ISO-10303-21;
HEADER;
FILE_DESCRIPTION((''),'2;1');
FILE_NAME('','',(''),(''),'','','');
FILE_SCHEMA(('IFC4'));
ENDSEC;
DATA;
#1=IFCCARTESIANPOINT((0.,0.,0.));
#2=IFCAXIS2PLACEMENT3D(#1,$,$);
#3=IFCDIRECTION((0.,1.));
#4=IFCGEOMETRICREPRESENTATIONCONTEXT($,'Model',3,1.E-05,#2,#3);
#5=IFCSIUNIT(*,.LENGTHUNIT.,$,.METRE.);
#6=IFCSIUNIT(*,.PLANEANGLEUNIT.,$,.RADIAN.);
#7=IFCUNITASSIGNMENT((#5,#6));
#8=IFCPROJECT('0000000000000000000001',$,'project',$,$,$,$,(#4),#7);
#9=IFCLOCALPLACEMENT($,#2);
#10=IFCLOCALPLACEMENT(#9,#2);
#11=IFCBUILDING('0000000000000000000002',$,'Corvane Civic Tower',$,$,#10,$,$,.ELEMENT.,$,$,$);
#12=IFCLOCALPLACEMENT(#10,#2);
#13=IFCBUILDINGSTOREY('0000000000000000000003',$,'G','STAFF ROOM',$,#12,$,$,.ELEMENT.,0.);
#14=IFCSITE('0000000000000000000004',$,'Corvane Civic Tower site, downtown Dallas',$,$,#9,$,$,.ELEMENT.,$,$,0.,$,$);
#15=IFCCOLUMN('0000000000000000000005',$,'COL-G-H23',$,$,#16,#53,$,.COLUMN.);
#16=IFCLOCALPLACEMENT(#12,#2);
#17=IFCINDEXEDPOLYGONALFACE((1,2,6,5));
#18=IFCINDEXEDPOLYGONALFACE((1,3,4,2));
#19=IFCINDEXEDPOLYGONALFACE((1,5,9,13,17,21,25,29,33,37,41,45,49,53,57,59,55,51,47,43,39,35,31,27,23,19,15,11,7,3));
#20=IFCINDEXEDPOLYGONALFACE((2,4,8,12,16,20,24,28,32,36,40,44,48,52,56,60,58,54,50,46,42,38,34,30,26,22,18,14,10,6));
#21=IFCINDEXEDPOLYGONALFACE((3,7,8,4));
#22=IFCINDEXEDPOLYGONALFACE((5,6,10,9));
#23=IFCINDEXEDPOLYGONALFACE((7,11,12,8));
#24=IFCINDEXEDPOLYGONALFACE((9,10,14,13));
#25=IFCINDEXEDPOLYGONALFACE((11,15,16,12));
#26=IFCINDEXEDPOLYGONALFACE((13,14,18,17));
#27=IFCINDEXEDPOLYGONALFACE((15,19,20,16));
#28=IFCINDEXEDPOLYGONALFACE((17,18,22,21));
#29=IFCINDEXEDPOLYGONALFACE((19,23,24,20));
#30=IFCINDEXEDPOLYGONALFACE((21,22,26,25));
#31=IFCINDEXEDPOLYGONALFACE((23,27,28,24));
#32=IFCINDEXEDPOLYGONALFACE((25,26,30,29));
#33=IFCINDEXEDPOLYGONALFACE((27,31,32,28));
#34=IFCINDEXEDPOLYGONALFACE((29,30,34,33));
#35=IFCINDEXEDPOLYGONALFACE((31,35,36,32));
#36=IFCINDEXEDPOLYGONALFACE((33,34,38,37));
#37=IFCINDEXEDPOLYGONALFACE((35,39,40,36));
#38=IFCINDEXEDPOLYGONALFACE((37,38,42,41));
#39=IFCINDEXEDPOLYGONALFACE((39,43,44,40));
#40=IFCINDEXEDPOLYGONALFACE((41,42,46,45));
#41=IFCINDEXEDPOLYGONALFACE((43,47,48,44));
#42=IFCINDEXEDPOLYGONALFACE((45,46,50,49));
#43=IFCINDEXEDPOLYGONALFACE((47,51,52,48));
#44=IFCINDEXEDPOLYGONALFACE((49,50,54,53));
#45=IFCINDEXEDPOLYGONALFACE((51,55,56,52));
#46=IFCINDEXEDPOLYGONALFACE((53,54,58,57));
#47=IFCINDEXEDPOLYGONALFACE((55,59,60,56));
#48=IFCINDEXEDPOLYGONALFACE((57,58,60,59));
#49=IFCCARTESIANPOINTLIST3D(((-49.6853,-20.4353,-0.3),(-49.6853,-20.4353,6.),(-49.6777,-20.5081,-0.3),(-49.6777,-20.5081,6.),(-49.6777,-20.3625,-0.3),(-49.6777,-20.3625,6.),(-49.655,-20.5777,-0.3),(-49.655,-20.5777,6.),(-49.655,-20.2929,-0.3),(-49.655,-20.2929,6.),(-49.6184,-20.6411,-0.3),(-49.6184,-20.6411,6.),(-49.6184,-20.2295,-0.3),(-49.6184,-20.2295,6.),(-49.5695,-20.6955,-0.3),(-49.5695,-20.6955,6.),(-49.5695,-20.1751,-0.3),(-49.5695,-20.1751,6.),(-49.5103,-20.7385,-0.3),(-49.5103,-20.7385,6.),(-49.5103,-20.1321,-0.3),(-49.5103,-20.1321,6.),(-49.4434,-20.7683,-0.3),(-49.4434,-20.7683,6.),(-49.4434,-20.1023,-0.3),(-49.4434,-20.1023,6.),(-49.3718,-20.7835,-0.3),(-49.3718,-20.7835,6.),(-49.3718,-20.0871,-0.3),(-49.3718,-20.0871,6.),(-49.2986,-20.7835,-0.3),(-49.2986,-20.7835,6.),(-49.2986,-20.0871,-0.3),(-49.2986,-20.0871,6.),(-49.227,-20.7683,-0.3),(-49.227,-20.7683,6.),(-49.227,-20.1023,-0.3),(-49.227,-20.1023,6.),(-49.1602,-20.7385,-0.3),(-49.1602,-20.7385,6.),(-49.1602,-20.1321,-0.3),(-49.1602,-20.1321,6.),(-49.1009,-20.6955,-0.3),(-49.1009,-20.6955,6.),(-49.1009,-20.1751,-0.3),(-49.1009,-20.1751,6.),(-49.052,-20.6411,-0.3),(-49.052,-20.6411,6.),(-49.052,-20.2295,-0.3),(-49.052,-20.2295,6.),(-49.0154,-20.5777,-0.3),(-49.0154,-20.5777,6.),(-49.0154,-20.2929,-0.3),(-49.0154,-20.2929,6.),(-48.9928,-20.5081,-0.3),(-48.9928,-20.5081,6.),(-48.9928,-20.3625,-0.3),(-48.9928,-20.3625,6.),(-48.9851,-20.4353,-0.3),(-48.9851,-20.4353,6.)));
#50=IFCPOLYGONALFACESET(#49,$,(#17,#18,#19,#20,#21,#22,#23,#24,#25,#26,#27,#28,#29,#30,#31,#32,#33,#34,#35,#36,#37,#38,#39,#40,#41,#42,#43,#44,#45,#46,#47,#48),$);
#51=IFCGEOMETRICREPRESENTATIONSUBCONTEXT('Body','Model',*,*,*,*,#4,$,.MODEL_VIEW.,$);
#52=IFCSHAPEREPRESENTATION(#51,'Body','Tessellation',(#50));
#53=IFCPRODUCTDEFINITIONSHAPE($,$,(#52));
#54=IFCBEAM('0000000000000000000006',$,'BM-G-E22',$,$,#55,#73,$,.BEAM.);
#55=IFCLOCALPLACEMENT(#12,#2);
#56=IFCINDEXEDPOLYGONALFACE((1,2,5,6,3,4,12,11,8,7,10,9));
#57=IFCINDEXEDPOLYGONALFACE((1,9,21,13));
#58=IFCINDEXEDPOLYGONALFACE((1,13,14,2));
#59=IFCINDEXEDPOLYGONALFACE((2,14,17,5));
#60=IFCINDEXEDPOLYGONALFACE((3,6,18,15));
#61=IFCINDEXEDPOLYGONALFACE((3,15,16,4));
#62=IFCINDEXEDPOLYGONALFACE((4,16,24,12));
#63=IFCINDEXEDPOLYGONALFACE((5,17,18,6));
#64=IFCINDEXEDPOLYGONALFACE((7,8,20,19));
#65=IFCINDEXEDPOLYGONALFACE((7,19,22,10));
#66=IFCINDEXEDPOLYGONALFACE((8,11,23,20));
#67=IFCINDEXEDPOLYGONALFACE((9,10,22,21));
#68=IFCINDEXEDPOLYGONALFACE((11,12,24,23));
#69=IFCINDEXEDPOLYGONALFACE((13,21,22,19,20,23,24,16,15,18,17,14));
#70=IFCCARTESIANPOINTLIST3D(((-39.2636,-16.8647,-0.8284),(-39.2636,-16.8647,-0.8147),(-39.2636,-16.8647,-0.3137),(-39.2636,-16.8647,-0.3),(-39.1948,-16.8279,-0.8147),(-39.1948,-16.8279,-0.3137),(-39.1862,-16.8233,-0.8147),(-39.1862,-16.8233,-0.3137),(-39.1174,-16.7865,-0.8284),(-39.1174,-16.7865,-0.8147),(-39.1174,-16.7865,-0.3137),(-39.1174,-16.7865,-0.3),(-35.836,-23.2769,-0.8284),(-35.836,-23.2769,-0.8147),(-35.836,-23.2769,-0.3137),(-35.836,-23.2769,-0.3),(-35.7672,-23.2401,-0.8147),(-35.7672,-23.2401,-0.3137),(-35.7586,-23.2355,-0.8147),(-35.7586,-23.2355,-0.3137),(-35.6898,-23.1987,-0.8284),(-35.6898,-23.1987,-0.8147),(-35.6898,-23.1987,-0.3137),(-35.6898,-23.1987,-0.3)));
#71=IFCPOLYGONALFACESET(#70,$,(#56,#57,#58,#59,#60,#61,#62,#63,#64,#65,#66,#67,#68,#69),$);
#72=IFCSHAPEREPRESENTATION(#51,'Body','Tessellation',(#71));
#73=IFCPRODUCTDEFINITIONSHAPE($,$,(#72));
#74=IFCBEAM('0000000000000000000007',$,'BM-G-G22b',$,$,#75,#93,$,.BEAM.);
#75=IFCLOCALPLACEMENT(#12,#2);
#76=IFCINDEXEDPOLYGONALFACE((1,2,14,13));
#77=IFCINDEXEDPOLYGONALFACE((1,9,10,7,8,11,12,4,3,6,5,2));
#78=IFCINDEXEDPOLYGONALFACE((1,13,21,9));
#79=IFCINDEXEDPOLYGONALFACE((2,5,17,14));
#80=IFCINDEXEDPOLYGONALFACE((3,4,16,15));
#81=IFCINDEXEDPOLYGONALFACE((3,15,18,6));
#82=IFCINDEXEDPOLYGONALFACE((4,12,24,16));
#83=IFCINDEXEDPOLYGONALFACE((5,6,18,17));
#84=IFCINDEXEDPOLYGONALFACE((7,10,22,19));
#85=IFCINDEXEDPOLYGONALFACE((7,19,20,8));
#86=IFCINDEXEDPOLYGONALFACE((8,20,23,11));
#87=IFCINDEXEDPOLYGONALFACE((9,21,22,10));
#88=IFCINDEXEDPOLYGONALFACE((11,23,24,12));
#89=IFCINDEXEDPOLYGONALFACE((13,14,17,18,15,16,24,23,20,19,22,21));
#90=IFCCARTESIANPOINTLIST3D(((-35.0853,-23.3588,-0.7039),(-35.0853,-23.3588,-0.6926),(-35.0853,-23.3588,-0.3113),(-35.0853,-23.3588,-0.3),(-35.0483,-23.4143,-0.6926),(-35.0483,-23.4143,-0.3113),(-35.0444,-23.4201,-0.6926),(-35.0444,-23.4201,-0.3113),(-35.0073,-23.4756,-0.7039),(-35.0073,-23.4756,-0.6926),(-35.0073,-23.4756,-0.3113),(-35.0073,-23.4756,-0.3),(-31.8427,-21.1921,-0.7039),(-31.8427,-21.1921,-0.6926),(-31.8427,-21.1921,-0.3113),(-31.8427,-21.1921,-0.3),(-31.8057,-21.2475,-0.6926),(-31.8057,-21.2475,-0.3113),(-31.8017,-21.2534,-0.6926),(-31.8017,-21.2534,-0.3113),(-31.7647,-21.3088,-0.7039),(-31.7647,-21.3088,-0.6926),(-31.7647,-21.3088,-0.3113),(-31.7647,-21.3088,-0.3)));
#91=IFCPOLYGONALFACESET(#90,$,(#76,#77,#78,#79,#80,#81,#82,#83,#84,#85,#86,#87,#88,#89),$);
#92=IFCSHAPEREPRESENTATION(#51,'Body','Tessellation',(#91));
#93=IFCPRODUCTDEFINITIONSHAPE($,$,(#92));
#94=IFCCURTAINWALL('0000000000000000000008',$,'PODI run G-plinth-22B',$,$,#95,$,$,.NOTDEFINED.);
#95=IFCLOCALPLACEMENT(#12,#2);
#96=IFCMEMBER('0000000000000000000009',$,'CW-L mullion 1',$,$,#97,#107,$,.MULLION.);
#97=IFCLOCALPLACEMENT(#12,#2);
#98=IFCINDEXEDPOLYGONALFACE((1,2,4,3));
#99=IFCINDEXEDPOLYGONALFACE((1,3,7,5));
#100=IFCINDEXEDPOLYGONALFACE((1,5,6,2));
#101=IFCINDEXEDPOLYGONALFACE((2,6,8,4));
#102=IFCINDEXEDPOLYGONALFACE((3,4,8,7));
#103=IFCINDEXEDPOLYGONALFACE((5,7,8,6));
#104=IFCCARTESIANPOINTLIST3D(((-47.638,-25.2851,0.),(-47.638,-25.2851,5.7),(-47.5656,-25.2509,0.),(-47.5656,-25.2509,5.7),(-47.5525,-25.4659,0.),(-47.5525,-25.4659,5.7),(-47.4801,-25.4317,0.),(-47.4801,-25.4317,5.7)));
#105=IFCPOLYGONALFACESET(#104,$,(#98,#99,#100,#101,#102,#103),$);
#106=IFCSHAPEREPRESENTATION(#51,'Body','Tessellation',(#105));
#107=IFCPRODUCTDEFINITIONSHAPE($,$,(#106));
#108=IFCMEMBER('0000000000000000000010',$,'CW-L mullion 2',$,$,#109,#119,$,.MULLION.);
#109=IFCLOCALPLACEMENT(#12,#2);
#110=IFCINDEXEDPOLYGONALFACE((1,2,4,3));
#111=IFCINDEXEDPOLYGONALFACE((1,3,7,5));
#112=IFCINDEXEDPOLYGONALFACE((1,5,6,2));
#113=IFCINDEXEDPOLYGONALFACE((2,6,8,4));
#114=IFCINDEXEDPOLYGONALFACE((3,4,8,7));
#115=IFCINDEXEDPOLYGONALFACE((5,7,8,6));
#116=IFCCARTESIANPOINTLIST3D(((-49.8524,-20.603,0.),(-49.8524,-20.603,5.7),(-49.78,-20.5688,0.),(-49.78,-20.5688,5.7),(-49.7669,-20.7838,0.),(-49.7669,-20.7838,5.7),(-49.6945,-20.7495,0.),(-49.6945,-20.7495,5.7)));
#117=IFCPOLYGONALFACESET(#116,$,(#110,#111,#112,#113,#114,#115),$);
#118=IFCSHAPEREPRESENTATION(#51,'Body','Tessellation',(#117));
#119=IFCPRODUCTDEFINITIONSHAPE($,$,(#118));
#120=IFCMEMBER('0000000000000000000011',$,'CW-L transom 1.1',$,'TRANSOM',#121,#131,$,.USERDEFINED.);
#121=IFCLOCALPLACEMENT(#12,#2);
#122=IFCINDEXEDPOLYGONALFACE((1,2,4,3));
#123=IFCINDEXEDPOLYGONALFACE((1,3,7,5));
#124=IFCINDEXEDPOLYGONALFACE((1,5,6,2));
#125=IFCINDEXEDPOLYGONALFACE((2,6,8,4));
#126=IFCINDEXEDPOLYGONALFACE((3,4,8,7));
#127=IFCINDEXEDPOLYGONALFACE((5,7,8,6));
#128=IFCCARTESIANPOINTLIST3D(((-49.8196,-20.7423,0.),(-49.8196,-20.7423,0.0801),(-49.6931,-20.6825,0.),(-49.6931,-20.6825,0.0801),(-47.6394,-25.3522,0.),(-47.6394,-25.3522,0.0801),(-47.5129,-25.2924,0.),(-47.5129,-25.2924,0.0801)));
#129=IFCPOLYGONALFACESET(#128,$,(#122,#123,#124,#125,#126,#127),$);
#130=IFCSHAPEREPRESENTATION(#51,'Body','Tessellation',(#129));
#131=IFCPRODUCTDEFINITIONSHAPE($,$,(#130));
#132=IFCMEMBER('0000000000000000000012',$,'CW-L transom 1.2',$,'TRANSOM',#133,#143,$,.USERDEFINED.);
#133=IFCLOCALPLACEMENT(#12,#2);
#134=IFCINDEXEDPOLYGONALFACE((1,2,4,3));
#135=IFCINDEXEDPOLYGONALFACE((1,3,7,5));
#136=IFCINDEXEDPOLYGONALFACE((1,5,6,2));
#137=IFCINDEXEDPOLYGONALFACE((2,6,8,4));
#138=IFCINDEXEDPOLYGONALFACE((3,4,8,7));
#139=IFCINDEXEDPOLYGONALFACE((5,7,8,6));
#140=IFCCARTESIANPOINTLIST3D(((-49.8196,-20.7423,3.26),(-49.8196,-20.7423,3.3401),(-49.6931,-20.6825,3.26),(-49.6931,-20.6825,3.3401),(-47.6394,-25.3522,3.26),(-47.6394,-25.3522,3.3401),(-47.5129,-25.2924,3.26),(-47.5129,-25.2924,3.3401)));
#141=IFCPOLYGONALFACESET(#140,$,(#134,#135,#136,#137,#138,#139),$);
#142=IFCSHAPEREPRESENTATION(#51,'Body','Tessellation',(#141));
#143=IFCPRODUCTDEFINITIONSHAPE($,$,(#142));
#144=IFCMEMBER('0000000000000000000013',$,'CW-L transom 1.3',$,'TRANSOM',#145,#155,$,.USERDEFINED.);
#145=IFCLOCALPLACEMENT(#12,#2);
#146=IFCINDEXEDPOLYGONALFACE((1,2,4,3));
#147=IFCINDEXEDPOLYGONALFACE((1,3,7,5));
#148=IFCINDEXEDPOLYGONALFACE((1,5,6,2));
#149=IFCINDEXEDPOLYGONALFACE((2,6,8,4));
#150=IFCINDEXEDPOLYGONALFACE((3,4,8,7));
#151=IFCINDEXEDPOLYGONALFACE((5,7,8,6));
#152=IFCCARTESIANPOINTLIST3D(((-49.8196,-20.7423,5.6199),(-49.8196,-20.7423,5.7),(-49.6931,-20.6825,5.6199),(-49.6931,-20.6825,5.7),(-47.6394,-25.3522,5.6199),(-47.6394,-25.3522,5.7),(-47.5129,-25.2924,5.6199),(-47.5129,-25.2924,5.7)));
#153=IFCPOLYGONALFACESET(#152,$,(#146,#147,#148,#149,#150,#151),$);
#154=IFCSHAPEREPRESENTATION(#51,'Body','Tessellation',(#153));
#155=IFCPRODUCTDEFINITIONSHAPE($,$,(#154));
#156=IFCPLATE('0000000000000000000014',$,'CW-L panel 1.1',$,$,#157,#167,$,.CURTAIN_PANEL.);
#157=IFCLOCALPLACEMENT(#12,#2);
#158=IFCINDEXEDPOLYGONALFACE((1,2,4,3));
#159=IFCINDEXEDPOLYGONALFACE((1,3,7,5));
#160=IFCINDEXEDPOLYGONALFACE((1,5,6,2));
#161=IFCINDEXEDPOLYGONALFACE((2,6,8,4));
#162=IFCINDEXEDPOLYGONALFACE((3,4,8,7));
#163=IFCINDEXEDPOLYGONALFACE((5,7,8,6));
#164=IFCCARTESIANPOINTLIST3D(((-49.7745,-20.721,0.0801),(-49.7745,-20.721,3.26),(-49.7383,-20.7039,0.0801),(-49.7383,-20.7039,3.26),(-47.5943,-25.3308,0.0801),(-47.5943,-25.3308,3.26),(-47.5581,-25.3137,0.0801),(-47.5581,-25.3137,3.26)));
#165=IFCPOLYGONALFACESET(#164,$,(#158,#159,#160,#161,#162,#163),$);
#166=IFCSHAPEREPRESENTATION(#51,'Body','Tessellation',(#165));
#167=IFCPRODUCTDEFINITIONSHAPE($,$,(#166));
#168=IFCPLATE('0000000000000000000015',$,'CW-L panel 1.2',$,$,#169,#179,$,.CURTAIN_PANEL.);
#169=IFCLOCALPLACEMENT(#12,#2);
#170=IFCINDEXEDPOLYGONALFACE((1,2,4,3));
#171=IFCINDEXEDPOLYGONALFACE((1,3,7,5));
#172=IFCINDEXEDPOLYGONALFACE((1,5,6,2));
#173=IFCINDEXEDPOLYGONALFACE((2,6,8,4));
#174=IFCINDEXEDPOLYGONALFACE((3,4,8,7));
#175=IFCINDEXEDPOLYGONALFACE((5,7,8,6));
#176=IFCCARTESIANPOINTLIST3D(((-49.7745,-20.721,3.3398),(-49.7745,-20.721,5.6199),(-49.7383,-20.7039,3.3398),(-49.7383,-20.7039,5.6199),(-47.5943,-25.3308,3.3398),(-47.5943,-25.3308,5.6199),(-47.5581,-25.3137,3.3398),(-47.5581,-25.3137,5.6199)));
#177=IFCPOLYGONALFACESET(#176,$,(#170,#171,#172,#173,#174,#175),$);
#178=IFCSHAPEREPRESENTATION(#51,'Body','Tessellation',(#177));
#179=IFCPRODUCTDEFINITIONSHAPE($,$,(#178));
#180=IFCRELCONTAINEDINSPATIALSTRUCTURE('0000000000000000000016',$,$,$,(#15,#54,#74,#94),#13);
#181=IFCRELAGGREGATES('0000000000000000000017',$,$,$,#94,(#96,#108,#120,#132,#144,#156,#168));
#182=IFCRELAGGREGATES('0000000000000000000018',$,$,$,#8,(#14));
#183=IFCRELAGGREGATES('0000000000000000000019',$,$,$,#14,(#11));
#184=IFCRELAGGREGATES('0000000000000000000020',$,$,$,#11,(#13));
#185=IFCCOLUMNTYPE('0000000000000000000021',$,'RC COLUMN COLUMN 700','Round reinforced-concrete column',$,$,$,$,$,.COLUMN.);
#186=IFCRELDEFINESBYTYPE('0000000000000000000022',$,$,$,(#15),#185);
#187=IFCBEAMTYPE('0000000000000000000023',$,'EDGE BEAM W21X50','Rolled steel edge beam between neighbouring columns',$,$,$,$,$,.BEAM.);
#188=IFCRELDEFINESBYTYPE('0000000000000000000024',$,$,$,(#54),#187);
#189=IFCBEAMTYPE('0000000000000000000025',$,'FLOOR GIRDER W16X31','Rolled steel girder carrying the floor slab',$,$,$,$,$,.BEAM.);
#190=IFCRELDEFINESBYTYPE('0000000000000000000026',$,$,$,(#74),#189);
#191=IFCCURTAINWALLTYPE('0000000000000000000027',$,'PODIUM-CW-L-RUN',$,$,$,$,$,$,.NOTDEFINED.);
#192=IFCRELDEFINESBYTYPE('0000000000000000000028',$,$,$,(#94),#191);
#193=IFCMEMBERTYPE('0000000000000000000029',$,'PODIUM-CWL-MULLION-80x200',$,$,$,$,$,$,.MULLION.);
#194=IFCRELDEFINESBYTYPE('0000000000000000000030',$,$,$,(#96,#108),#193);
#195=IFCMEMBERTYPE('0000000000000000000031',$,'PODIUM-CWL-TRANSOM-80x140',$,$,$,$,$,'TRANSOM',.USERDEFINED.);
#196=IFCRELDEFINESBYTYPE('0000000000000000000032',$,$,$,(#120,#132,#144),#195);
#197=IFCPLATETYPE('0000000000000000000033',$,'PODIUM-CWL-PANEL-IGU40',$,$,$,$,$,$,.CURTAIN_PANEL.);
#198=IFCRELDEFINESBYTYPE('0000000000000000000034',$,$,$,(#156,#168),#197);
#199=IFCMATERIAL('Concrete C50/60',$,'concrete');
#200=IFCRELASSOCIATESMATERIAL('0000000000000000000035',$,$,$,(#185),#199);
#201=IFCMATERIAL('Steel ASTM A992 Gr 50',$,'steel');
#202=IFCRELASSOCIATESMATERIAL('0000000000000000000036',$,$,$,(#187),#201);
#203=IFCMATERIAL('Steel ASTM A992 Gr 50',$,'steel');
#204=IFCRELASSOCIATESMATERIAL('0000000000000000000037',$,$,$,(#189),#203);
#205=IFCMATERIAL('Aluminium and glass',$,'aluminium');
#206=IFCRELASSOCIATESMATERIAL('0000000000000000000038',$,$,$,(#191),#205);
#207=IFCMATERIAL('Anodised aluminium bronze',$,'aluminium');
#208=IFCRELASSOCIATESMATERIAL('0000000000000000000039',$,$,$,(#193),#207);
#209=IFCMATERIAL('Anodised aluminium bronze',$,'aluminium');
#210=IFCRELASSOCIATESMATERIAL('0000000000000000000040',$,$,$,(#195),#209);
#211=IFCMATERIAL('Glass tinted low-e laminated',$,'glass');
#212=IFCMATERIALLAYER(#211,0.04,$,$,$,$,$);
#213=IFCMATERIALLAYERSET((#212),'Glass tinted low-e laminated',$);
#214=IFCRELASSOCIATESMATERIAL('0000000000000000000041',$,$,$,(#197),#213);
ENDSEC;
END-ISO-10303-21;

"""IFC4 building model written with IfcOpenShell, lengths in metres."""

from ifc_helpers import new_model, si_unit, direction, frame, origin, origin_2d, place, context, subcontext, project, spatial, rectangle, circle, i_section, extrude, material, layer, layer_set, material_profile, profile_set, type_object, element, aggregate, save


model = new_model("IFC4")

# Units and contexts
model_context = context("Model", 3, precision=1e-05, world=origin(), true_north=direction((0.0, 1.0)))
body_context = subcontext(model_context, "Body", "Model", "MODEL_VIEW")
ifc_project = project(units=[si_unit("LENGTHUNIT", "METRE"), si_unit("PLANEANGLEUNIT", "RADIAN")], contexts=[model_context])

# Site, building, storey
site_placement = place(None, origin())
site = spatial("IfcSite", under=ifc_project, at=site_placement, Name="Corvane Civic Tower site, downtown Dallas", CompositionType="ELEMENT", RefElevation=0.0)
building_placement = place(site_placement, origin())
building = spatial("IfcBuilding", under=site, at=building_placement, Name="Corvane Civic Tower", CompositionType="ELEMENT")
storey_placement = place(building_placement, origin())
storey = spatial("IfcBuildingStorey", under=building, at=storey_placement, Name="G", Description="STAFF ROOM", CompositionType="ELEMENT", Elevation=0.0)

# Column
ifc_material_1 = material(Name="Concrete C50/60", Category="concrete")
ifc_material_profile_1 = material_profile(ifc_material_1, circle(Radius=0.3501, at=origin_2d()), Name="COLUMN 700")
ifc_profile_set_1 = profile_set([ifc_material_profile_1], Name="Concrete C50/60")
column_type_1 = type_object("IfcColumnType", Name="RC COLUMN COLUMN 700", Description="Round reinforced-concrete column", PredefinedType="COLUMN", material=ifc_profile_set_1)
column_1_placement = place(storey_placement, frame((-49.3352, -20.4353, -0.3), z_axis=(0.0, 0.0, 1.0), x_axis=(1.0, 0.0, 0.0)))
element("IfcColumn", 1, at=column_1_placement, inside=storey, type_object=column_type_1, Name="COL-G-H23", PredefinedType="COLUMN", context=body_context, shape_type="SweptSolid", body=[
    extrude(circle(Radius=0.3501, at=origin_2d()), origin(), (0.0, 0.0, 1.0), 6.3),
])

# Beams
ifc_material_2 = material(Name="Steel ASTM A992 Gr 50", Category="steel")
ifc_material_profile_2 = material_profile(ifc_material_2, i_section(OverallWidth=0.1658, OverallDepth=0.5283, WebThickness=0.0098, FlangeThickness=0.0137, at=origin_2d()), Name="W21X50")
ifc_profile_set_2 = profile_set([ifc_material_profile_2], Name="Steel ASTM A992 Gr 50")
beam_type_1 = type_object("IfcBeamType", Name="EDGE BEAM W21X50", Description="Rolled steel edge beam between neighbouring columns", PredefinedType="BEAM", material=ifc_profile_set_2)
beam_1_placement = place(storey_placement, frame((-35.7629, -23.2378, -0.5642), z_axis=(-0.471412, 0.881913, 0.0), x_axis=(-0.881913, -0.471412, 0.0)))
element("IfcBeam", 2, at=beam_1_placement, inside=storey, type_object=beam_type_1, Name="BM-G-E22", PredefinedType="BEAM", context=body_context, shape_type="SweptSolid", body=[
    extrude(i_section(OverallWidth=0.1658, OverallDepth=0.5283, WebThickness=0.0098, FlangeThickness=0.0137, at=origin_2d()), origin(), (0.0, 0.0, 1.0), 7.2708),
])
ifc_material_3 = material(Name="Steel ASTM A992 Gr 50", Category="steel")
ifc_material_profile_3 = material_profile(ifc_material_3, i_section(OverallWidth=0.1404, OverallDepth=0.4038, WebThickness=0.0071, FlangeThickness=0.0112, at=origin_2d()), Name="W16X31")
ifc_profile_set_3 = profile_set([ifc_material_profile_3], Name="Steel ASTM A992 Gr 50")
beam_type_2 = type_object("IfcBeamType", Name="FLOOR GIRDER W16X31", Description="Rolled steel girder carrying the floor slab", PredefinedType="BEAM", material=ifc_profile_set_3)
beam_2_placement = place(storey_placement, frame((-31.8037, -21.2505, -0.502), z_axis=(-0.831462, -0.555581, 0.0), x_axis=(0.555581, -0.831462, 0.0)))
element("IfcBeam", 3, at=beam_2_placement, inside=storey, type_object=beam_type_2, Name="BM-G-G22b", PredefinedType="BEAM", context=body_context, shape_type="SweptSolid", body=[
    extrude(i_section(OverallWidth=0.1404, OverallDepth=0.4038, WebThickness=0.0071, FlangeThickness=0.0112, at=origin_2d()), origin(), (0.0, 0.0, 1.0), 3.8999),
])

# Curtain wall, members, plates
ifc_material_4 = material(Name="Aluminium and glass", Category="aluminium")
curtain_wall_type = type_object("IfcCurtainWallType", Name="PODIUM-CW-L-RUN", PredefinedType="NOTDEFINED", material=ifc_material_4)
curtain_wall_placement = place(storey_placement, origin())
curtain_wall = element("IfcCurtainWall", 4, at=curtain_wall_placement, inside=storey, type_object=curtain_wall_type, Name="PODI run G-plinth-22B", PredefinedType="NOTDEFINED")
ifc_material_5 = material(Name="Anodised aluminium bronze", Category="aluminium")
ifc_material_profile_4 = material_profile(ifc_material_5, rectangle(XDim=0.0801, YDim=0.2, at=origin_2d()), Name="AL 80x200")
ifc_profile_set_4 = profile_set([ifc_material_profile_4], Name="Anodised aluminium bronze")
member_type_1 = type_object("IfcMemberType", Name="PODIUM-CWL-MULLION-80x200", PredefinedType="MULLION", material=ifc_profile_set_4)
member_1_placement = place(storey_placement, frame((-47.5591, -25.3584, 0.0), z_axis=(0.0, 0.0, 1.0), x_axis=(-0.903994, -0.427545, 0.0)))
member_1 = element("IfcMember", 5, at=member_1_placement, type_object=member_type_1, Name="CW-L mullion 1", PredefinedType="MULLION", context=body_context, shape_type="SweptSolid", body=[
    extrude(rectangle(XDim=0.0801, YDim=0.2, at=origin_2d()), origin(), (0.0, 0.0, 1.0), 5.7),
])
member_2_placement = place(storey_placement, frame((-49.7734, -20.6763, 0.0), z_axis=(0.0, 0.0, 1.0), x_axis=(-0.903994, -0.427545, 0.0)))
member_2 = element("IfcMember", 6, at=member_2_placement, type_object=member_type_1, Name="CW-L mullion 2", PredefinedType="MULLION", context=body_context, shape_type="SweptSolid", body=[
    extrude(rectangle(XDim=0.0801, YDim=0.2, at=origin_2d()), origin(), (0.0, 0.0, 1.0), 5.7),
])
ifc_material_6 = material(Name="Anodised aluminium bronze", Category="aluminium")
ifc_material_profile_5 = material_profile(ifc_material_6, rectangle(XDim=0.1399, YDim=0.0801, at=origin_2d()), Name="AL 140x80")
ifc_profile_set_5 = profile_set([ifc_material_profile_5], Name="Anodised aluminium bronze")
member_type_2 = type_object("IfcMemberType", Name="PODIUM-CWL-TRANSOM-80x140", ElementType="TRANSOM", PredefinedType="USERDEFINED", material=ifc_profile_set_5)
member_3_placement = place(storey_placement, frame((-47.5762, -25.3223, 0.04), z_axis=(-0.427535, 0.903999, 0.0), x_axis=(-0.903999, -0.427535, 0.0)))
member_3 = element("IfcMember", 7, at=member_3_placement, type_object=member_type_2, Name="CW-L transom 1.1", ObjectType="TRANSOM", PredefinedType="USERDEFINED", context=body_context, shape_type="SweptSolid", body=[
    extrude(rectangle(XDim=0.1399, YDim=0.0801, at=origin_2d()), origin(), (0.0, 0.0, 1.0), 5.0994),
])
member_4_placement = place(storey_placement, frame((-47.5762, -25.3223, 3.3), z_axis=(-0.427535, 0.903999, 0.0), x_axis=(-0.903999, -0.427535, 0.0)))
member_4 = element("IfcMember", 8, at=member_4_placement, type_object=member_type_2, Name="CW-L transom 1.2", ObjectType="TRANSOM", PredefinedType="USERDEFINED", context=body_context, shape_type="SweptSolid", body=[
    extrude(rectangle(XDim=0.1399, YDim=0.0801, at=origin_2d()), origin(), (0.0, 0.0, 1.0), 5.0994),
])
member_5_placement = place(storey_placement, frame((-47.5762, -25.3223, 5.6599), z_axis=(-0.427535, 0.903999, 0.0), x_axis=(-0.903999, -0.427535, 0.0)))
member_5 = element("IfcMember", 9, at=member_5_placement, type_object=member_type_2, Name="CW-L transom 1.3", ObjectType="TRANSOM", PredefinedType="USERDEFINED", context=body_context, shape_type="SweptSolid", body=[
    extrude(rectangle(XDim=0.1399, YDim=0.0801, at=origin_2d()), origin(), (0.0, 0.0, 1.0), 5.0994),
])
ifc_material_7 = material(Name="Glass tinted low-e laminated", Category="glass")
ifc_layer_1 = layer(ifc_material_7, 0.04)
ifc_layer_set_1 = layer_set([ifc_layer_1], Name="Glass tinted low-e laminated")
plate_type = type_object("IfcPlateType", Name="PODIUM-CWL-PANEL-IGU40", PredefinedType="CURTAIN_PANEL", material=ifc_layer_set_1)
plate_1_placement = place(storey_placement, frame((-48.6663, -23.0173, 0.0801), z_axis=(0.0, 0.0, 1.0), x_axis=(-0.427545, 0.903994, 0.0)))
plate_1 = element("IfcPlate", 10, at=plate_1_placement, type_object=plate_type, Name="CW-L panel 1.1", PredefinedType="CURTAIN_PANEL", context=body_context, shape_type="SweptSolid", body=[
    extrude(rectangle(XDim=5.0994, YDim=0.04, at=origin_2d()), origin(), (0.0, 0.0, 1.0), 3.1799),
])
plate_2_placement = place(storey_placement, frame((-48.6663, -23.0173, 3.3398), z_axis=(0.0, 0.0, 1.0), x_axis=(-0.427545, 0.903994, 0.0)))
plate_2 = element("IfcPlate", 11, at=plate_2_placement, type_object=plate_type, Name="CW-L panel 1.2", PredefinedType="CURTAIN_PANEL", context=body_context, shape_type="SweptSolid", body=[
    extrude(rectangle(XDim=5.0994, YDim=0.04, at=origin_2d()), origin(), (0.0, 0.0, 1.0), 2.28),
])
aggregate(curtain_wall, [member_1, member_2, member_3, member_4, member_5, plate_1, plate_2])

save(model, "model.ifc")
